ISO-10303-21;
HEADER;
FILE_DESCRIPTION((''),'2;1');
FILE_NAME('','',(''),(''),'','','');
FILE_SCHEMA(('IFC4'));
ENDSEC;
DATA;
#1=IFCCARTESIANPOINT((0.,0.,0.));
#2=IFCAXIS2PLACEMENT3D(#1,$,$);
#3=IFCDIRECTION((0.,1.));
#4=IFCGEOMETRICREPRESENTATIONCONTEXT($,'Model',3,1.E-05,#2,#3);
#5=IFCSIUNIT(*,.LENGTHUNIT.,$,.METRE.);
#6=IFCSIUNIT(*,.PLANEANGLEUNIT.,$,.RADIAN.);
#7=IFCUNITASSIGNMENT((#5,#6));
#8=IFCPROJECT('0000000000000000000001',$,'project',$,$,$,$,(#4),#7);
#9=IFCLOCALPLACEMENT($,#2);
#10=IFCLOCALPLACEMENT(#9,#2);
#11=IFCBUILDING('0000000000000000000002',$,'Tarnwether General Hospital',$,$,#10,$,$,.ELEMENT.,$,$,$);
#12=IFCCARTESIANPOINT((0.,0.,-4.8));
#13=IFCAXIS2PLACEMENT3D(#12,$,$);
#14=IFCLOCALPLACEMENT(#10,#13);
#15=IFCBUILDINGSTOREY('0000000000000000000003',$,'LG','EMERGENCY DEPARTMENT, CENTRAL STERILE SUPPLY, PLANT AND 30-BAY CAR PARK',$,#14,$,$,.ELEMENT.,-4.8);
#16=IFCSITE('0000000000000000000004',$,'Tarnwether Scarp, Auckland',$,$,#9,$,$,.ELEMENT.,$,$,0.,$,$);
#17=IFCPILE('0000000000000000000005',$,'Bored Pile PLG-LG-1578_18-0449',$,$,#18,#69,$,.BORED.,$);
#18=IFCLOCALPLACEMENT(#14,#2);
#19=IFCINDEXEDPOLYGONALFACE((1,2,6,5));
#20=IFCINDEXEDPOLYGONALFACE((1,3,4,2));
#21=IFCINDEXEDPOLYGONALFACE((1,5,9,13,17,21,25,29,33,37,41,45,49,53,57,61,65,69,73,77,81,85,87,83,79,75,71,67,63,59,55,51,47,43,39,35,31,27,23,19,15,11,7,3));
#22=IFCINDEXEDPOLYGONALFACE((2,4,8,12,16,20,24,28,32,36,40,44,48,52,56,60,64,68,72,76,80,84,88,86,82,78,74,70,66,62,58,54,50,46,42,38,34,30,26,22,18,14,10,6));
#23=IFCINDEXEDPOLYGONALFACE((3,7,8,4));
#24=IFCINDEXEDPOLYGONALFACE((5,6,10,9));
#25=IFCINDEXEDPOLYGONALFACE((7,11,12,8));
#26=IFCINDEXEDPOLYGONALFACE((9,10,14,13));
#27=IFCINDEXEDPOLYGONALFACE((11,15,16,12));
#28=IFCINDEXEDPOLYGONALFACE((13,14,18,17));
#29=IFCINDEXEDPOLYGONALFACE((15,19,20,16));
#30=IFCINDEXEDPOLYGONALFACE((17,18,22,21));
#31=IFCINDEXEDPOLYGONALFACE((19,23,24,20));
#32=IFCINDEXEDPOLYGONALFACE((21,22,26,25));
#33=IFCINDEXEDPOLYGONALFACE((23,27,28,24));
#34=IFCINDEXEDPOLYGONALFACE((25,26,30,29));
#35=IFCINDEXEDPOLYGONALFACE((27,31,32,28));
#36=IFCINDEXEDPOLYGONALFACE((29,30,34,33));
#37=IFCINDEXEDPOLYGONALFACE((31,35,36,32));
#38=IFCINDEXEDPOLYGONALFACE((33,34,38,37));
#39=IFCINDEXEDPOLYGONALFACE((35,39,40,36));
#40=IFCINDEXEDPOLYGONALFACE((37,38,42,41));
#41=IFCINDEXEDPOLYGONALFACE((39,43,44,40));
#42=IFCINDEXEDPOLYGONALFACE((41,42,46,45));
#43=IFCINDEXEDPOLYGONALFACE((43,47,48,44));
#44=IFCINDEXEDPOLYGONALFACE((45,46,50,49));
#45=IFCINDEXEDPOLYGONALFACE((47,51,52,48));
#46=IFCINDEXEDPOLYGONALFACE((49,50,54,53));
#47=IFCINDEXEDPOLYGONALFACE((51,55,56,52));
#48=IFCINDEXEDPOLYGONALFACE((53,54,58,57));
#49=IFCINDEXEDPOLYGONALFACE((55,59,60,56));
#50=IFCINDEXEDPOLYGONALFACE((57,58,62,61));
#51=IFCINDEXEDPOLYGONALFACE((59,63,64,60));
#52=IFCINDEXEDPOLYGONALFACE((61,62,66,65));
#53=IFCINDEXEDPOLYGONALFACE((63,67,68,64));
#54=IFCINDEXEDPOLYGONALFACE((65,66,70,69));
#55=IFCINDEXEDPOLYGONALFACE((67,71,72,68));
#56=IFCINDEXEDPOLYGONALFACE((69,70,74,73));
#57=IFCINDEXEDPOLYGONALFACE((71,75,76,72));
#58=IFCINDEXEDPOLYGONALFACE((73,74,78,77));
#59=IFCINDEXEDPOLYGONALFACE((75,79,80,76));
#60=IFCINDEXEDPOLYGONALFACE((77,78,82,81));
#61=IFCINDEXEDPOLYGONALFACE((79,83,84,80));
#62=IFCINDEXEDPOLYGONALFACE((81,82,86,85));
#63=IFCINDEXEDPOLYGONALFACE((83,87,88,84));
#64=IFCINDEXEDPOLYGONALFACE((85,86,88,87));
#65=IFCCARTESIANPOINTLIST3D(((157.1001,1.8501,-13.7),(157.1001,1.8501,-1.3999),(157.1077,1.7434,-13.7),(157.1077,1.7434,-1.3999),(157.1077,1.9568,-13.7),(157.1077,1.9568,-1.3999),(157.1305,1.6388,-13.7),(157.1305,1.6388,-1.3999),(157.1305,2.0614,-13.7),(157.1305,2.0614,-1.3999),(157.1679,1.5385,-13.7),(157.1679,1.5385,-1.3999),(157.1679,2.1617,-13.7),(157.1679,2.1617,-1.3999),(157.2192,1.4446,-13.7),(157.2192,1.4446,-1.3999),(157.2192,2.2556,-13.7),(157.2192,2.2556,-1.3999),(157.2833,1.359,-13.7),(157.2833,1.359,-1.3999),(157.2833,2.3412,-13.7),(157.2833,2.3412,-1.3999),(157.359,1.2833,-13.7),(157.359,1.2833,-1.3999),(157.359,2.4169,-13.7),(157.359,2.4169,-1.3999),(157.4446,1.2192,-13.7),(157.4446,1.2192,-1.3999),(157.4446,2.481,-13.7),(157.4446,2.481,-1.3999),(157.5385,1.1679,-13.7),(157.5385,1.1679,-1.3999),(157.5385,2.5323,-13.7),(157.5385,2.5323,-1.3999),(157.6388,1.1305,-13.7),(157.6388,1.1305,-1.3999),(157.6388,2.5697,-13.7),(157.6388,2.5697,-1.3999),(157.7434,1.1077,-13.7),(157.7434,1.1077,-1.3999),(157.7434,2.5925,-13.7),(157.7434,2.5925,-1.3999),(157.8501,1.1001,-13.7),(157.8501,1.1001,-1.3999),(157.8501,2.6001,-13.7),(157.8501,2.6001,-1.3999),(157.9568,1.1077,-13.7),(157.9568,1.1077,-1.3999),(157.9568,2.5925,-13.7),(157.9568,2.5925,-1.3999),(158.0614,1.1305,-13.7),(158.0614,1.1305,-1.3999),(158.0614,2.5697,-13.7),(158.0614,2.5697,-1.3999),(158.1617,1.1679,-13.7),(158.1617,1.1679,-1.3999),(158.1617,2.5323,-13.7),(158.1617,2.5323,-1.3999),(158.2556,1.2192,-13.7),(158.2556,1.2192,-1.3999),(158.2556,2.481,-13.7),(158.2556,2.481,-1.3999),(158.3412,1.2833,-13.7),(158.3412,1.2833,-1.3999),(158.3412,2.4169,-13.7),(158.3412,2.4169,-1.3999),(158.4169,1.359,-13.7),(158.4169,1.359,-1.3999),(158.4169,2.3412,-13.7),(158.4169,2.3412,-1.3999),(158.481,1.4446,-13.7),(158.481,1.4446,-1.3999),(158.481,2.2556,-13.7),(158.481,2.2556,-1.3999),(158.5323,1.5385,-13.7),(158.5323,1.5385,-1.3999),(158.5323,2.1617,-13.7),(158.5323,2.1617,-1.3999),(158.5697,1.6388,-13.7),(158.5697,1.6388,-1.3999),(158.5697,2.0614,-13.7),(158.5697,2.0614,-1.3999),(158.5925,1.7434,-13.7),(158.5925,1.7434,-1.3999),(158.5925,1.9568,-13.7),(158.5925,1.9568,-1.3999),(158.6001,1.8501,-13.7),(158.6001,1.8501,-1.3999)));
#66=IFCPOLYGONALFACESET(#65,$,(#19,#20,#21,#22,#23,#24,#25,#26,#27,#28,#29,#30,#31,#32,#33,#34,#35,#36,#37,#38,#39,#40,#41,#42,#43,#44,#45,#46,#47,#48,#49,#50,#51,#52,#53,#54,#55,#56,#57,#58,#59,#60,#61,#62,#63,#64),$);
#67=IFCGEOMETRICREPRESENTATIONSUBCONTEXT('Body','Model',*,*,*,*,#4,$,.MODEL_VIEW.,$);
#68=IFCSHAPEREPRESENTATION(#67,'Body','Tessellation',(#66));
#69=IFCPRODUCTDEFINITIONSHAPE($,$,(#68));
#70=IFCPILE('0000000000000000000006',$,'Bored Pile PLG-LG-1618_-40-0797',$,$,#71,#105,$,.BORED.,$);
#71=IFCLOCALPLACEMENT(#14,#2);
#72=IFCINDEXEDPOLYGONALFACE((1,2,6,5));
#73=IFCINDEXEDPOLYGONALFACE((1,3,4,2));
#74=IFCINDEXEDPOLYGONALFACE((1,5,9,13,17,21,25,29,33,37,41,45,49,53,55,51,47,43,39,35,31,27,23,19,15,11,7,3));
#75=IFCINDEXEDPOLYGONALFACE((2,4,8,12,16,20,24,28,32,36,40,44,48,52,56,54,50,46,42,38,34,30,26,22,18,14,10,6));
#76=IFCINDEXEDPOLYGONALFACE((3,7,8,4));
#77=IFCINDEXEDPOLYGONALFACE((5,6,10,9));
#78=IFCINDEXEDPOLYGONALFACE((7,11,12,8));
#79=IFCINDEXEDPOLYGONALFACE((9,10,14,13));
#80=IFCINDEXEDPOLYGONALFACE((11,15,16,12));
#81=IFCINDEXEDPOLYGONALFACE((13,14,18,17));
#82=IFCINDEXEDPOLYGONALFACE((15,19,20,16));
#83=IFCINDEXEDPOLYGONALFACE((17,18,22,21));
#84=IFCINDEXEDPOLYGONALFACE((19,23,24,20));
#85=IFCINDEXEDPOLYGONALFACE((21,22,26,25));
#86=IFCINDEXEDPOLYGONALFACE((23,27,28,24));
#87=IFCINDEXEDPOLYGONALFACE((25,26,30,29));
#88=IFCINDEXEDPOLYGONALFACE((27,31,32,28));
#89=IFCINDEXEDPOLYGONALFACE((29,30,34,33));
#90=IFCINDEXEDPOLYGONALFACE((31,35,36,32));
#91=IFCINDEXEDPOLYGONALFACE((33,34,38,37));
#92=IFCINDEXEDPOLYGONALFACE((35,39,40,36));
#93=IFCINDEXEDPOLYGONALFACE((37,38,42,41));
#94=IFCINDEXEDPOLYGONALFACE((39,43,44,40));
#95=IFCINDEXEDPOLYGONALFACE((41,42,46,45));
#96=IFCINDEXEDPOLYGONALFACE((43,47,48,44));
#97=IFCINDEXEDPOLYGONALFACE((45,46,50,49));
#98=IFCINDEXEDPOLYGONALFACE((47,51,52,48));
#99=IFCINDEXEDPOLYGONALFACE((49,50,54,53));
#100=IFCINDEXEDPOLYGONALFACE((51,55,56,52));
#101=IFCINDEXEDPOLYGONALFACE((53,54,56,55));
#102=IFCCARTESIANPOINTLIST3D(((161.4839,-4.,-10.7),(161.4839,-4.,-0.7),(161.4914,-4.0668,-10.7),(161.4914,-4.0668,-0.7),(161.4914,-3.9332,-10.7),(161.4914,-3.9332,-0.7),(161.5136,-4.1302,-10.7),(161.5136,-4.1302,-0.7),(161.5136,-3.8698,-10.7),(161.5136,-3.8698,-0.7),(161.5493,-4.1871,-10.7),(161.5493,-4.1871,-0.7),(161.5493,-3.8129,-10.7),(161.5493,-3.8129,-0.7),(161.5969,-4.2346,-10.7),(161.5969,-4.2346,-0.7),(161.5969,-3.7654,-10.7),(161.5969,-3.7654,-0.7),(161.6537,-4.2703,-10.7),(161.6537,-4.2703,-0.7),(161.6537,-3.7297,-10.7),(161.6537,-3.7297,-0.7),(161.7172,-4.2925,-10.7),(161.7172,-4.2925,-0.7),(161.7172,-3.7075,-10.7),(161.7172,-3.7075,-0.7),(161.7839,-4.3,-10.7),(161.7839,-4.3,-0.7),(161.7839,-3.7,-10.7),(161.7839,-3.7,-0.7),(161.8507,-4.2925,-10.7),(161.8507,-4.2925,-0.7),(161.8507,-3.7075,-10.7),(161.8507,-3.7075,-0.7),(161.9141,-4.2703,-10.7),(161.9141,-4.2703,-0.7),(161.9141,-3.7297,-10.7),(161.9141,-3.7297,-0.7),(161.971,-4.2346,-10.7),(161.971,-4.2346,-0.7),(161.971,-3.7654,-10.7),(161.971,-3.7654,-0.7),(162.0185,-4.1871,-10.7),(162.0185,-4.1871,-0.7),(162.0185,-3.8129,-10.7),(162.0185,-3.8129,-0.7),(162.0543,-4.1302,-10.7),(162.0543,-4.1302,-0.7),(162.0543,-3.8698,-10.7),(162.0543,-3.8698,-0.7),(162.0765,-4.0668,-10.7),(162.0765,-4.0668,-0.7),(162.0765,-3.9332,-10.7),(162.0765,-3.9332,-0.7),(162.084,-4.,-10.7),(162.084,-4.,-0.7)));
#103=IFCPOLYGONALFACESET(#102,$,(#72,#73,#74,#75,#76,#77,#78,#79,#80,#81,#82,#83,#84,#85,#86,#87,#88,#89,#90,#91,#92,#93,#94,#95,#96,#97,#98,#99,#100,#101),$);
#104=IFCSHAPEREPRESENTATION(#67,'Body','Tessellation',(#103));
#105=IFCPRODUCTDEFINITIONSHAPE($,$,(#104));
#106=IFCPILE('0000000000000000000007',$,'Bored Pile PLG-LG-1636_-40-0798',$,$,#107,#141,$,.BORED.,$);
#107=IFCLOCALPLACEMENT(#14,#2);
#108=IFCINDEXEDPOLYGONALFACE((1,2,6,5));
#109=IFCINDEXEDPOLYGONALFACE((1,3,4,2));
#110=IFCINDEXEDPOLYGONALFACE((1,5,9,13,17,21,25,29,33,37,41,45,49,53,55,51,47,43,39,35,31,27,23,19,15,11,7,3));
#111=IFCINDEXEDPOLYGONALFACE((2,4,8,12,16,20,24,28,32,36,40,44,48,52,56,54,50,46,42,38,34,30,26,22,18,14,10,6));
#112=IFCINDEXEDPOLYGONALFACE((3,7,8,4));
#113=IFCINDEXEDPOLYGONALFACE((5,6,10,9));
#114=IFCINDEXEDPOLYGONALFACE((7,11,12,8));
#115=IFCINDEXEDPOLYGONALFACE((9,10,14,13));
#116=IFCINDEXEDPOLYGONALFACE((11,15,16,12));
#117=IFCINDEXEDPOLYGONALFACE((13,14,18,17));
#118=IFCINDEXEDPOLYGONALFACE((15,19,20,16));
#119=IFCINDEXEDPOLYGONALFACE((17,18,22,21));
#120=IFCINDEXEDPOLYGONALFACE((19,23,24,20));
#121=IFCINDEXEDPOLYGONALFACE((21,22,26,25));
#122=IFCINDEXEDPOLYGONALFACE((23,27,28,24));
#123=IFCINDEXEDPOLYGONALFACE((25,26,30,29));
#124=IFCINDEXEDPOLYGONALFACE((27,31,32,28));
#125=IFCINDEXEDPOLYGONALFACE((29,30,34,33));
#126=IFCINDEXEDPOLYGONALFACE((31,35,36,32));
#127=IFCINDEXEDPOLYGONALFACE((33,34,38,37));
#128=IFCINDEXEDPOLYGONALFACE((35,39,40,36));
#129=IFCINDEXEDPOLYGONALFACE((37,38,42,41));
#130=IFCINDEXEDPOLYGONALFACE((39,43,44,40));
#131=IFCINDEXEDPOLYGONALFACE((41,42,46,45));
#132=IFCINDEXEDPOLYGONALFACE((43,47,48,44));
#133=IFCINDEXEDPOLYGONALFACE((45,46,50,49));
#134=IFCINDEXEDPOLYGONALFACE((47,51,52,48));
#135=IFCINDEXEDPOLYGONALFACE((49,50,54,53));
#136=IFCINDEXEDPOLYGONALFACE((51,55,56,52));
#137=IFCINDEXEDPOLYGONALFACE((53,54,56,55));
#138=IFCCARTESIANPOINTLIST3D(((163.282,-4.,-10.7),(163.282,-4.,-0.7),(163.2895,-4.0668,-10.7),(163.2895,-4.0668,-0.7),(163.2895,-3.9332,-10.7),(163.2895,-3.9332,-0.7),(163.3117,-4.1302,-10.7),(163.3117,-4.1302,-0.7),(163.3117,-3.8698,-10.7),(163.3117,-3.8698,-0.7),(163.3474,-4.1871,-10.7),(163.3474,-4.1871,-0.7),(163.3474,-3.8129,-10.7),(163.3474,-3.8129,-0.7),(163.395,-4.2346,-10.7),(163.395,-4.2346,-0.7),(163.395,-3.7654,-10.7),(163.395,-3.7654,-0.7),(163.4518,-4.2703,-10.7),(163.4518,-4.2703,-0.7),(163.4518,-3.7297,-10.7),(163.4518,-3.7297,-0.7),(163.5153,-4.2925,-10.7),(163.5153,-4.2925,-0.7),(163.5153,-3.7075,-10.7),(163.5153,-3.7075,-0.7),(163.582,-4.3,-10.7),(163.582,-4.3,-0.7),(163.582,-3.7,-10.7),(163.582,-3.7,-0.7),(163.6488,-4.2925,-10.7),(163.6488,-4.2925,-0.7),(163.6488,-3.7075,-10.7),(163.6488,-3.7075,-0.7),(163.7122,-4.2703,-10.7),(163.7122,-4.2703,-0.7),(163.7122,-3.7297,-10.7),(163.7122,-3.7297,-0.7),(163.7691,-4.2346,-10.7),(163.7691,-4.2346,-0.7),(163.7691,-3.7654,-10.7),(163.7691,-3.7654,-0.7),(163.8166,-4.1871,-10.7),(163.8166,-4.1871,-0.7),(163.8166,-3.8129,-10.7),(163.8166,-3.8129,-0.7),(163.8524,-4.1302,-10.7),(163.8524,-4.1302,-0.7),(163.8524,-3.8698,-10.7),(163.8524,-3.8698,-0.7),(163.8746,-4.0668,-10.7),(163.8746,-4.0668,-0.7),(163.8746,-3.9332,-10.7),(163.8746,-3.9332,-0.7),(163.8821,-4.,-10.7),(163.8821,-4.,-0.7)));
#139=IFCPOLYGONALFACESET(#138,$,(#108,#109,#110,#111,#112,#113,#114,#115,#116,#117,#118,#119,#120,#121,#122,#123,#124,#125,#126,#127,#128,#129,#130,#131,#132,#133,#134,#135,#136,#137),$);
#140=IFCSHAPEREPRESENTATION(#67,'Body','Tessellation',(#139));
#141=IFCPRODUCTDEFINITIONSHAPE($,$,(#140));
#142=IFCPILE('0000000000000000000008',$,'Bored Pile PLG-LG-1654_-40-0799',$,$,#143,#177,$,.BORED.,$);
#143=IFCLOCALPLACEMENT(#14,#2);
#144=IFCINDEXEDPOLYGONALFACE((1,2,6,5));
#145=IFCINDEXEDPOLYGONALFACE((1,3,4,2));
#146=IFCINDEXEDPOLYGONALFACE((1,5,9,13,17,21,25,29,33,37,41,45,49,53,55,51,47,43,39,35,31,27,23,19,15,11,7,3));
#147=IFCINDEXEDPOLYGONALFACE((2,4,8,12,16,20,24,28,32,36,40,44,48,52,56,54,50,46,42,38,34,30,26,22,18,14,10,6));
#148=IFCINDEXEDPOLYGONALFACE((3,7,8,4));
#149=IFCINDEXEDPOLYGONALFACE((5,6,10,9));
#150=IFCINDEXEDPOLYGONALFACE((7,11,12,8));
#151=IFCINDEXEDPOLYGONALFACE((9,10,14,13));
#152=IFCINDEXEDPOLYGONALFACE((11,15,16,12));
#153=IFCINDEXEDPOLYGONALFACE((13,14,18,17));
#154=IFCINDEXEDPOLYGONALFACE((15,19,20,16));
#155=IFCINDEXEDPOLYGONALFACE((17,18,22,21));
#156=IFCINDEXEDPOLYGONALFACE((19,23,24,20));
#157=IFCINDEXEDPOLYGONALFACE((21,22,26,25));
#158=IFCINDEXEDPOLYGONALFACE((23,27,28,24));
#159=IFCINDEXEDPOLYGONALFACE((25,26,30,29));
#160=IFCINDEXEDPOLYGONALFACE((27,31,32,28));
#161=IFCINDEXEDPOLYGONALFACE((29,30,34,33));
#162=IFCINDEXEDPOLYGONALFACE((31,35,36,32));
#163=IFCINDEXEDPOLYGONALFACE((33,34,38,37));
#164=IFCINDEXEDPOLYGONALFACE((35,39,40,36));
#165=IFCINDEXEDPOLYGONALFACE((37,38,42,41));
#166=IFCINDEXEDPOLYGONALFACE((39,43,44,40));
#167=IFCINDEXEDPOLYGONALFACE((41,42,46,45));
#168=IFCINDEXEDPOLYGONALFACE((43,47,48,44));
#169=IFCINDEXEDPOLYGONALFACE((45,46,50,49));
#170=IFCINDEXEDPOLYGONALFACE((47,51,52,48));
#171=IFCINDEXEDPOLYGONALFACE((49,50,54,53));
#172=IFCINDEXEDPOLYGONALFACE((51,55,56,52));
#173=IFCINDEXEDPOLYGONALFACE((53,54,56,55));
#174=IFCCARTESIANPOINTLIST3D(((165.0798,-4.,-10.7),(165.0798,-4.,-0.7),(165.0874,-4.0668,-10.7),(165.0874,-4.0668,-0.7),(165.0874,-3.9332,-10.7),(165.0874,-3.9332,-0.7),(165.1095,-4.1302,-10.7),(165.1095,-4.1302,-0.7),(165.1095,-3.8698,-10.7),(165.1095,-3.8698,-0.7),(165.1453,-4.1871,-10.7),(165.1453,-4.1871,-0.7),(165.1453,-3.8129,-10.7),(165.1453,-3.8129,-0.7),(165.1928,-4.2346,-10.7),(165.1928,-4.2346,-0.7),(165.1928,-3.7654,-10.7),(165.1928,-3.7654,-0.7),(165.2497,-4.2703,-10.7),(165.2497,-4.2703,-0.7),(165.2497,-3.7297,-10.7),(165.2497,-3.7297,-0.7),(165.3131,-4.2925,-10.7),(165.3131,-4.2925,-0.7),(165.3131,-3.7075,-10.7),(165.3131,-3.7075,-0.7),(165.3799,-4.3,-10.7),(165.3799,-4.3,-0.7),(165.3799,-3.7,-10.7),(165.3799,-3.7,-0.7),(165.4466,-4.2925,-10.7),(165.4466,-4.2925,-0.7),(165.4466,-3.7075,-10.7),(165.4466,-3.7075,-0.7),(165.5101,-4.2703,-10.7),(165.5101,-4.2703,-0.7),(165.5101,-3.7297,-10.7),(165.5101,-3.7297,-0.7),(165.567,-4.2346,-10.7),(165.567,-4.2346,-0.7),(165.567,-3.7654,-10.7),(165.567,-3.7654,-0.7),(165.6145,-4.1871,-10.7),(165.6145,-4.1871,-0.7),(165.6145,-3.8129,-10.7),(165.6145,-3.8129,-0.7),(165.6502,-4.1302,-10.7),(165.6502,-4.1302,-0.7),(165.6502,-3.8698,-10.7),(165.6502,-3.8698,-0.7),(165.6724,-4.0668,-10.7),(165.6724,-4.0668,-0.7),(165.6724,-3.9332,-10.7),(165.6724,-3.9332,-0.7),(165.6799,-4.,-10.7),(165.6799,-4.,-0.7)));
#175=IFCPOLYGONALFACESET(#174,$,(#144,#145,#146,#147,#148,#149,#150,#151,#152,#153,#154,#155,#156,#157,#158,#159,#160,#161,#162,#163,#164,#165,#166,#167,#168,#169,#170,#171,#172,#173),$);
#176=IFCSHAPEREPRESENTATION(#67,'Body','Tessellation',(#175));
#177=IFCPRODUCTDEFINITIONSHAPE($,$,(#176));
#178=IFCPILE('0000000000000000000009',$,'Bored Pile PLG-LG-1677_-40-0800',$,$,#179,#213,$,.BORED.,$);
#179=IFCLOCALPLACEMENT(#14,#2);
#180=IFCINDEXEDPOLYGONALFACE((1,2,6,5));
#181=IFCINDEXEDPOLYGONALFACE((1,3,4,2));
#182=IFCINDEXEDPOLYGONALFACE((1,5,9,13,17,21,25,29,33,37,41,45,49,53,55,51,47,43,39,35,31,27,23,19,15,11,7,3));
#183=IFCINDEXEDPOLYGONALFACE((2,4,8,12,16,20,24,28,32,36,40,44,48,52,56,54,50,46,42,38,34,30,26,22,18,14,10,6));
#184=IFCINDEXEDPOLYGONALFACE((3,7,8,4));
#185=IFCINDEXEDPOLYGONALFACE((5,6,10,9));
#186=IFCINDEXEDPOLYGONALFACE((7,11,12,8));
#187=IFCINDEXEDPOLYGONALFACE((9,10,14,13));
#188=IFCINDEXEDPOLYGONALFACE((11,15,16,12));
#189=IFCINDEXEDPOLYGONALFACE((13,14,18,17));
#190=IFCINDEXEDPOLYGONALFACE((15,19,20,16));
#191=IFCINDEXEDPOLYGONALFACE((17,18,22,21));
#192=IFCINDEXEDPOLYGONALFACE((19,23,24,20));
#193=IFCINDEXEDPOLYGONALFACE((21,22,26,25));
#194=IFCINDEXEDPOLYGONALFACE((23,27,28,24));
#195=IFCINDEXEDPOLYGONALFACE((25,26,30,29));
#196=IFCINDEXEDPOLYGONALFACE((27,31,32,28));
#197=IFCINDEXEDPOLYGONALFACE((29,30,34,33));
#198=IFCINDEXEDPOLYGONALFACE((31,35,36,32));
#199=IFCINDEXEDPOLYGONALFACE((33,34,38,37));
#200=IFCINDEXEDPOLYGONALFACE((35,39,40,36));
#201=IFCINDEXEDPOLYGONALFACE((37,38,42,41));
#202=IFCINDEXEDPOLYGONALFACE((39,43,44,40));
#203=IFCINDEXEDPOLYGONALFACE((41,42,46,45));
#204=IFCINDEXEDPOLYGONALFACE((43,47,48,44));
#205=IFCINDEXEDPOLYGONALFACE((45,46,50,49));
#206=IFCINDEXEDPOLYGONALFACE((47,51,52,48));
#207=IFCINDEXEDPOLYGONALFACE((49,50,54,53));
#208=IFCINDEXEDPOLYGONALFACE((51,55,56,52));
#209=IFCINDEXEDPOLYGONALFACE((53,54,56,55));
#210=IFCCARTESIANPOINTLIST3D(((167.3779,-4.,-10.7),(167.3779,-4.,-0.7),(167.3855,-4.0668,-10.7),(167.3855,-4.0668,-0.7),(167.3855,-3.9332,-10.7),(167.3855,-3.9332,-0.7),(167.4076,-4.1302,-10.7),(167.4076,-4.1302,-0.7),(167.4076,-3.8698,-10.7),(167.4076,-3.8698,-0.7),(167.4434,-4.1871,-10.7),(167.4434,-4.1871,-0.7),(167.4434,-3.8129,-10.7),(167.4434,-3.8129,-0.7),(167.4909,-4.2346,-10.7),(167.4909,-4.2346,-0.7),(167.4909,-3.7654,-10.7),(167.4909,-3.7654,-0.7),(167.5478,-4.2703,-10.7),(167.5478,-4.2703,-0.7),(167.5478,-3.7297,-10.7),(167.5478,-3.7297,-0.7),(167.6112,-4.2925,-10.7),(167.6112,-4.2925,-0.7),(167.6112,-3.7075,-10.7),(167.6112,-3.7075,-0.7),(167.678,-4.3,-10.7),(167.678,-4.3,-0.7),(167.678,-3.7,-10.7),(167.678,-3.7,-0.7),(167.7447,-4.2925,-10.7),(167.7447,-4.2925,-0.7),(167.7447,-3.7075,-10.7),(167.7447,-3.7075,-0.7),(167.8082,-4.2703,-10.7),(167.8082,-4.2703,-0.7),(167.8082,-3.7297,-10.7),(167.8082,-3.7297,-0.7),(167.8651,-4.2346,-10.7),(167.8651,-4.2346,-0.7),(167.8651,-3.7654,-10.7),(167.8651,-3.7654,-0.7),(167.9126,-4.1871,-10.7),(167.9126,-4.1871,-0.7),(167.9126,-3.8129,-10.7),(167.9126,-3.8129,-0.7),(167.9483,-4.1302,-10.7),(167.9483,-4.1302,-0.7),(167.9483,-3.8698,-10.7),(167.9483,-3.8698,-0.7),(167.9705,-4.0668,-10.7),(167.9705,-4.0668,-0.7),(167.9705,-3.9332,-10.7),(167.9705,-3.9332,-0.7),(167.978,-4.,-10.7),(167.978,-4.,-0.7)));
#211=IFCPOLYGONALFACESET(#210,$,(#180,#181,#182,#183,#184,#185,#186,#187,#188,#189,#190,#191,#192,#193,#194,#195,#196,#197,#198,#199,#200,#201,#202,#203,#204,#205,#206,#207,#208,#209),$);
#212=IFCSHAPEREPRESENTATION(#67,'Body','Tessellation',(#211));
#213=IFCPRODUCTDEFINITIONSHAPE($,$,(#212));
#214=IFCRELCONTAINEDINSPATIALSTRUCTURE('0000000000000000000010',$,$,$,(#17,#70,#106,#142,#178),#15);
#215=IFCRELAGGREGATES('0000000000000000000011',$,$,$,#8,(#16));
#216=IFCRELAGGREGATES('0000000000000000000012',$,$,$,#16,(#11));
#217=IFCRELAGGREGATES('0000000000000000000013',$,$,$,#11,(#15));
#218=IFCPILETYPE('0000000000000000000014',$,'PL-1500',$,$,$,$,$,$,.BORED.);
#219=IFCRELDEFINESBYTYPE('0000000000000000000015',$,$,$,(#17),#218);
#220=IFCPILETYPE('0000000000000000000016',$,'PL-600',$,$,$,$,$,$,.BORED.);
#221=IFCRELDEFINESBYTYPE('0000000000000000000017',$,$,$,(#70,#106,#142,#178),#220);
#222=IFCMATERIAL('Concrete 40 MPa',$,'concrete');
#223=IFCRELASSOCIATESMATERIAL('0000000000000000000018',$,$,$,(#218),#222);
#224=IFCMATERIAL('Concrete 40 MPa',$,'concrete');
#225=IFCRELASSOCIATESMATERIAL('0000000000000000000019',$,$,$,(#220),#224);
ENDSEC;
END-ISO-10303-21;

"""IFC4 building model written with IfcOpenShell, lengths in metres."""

from ifc_helpers import new_model, si_unit, direction, frame, origin, origin_2d, place, context, subcontext, project, spatial, circle, extrude, material, material_profile, profile_set, type_object, element, save


model = new_model("IFC4")

# Units and contexts
model_context = context("Model", 3, precision=1e-05, world=origin(), true_north=direction((0.0, 1.0)))
body_context = subcontext(model_context, "Body", "Model", "MODEL_VIEW")
ifc_project = project(units=[si_unit("LENGTHUNIT", "METRE"), si_unit("PLANEANGLEUNIT", "RADIAN")], contexts=[model_context])

# Site, building, storey
site_placement = place(None, origin())
site = spatial("IfcSite", under=ifc_project, at=site_placement, Name="Tarnwether Scarp, Auckland", CompositionType="ELEMENT", RefElevation=0.0)
building_placement = place(site_placement, origin())
building = spatial("IfcBuilding", under=site, at=building_placement, Name="Tarnwether General Hospital", CompositionType="ELEMENT")
storey_placement = place(building_placement, frame((0.0, 0.0, -4.8)))
storey = spatial("IfcBuildingStorey", under=building, at=storey_placement, Name="LG", Description="EMERGENCY DEPARTMENT, CENTRAL STERILE SUPPLY, PLANT AND 30-BAY CAR PARK", CompositionType="ELEMENT", Elevation=-4.8)

# Piles
ifc_material_1 = material(Name="Concrete 40 MPa", Category="concrete")
ifc_material_profile_1 = material_profile(ifc_material_1, circle(Radius=0.75, at=origin_2d()), Name="PILE-D1500")
ifc_profile_set_1 = profile_set([ifc_material_profile_1], Name="Concrete 40 MPa")
pile_type_1 = type_object("IfcPileType", Name="PL-1500", PredefinedType="BORED", material=ifc_profile_set_1)
for number, where, z_axis, x_axis, name in (
    (1, (157.8501, 1.8501, -1.3999), (0.0, 0.0, -1.0), (1.0, 0.0, 0.0), "Bored Pile PLG-LG-1578_18-0449"),
):
    element("IfcPile", number, at=place(storey_placement, frame(where, z_axis=z_axis, x_axis=x_axis)), inside=storey, type_object=pile_type_1, Name=name, PredefinedType="BORED", context=body_context, shape_type="SweptSolid", body=[
        extrude(circle(Radius=0.75, at=origin_2d()), origin(), (0.0, 0.0, 1.0), 12.3),
    ])
ifc_material_2 = material(Name="Concrete 40 MPa", Category="concrete")
ifc_material_profile_2 = material_profile(ifc_material_2, circle(Radius=0.3, at=origin_2d()), Name="PILE-D600")
ifc_profile_set_2 = profile_set([ifc_material_profile_2], Name="Concrete 40 MPa")
pile_type_2 = type_object("IfcPileType", Name="PL-600", PredefinedType="BORED", material=ifc_profile_set_2)
for number, where, z_axis, x_axis, name in (
    (2, (161.7839, -4.0, -0.7), (0.0, 0.0, -1.0), (1.0, 0.0, 0.0), "Bored Pile PLG-LG-1618_-40-0797"),
    (3, (163.582, -4.0, -0.7), (0.0, 0.0, -1.0), (1.0, 0.0, 0.0), "Bored Pile PLG-LG-1636_-40-0798"),
    (4, (165.3799, -4.0, -0.7), (0.0, 0.0, -1.0), (1.0, 0.0, 0.0), "Bored Pile PLG-LG-1654_-40-0799"),
    (5, (167.678, -4.0, -0.7), (0.0, 0.0, -1.0), (1.0, 0.0, 0.0), "Bored Pile PLG-LG-1677_-40-0800"),
):
    element("IfcPile", number, at=place(storey_placement, frame(where, z_axis=z_axis, x_axis=x_axis)), inside=storey, type_object=pile_type_2, Name=name, PredefinedType="BORED", context=body_context, shape_type="SweptSolid", body=[
        extrude(circle(Radius=0.3, at=origin_2d()), origin(), (0.0, 0.0, 1.0), 10.0),
    ])

save(model, "model.ifc")
